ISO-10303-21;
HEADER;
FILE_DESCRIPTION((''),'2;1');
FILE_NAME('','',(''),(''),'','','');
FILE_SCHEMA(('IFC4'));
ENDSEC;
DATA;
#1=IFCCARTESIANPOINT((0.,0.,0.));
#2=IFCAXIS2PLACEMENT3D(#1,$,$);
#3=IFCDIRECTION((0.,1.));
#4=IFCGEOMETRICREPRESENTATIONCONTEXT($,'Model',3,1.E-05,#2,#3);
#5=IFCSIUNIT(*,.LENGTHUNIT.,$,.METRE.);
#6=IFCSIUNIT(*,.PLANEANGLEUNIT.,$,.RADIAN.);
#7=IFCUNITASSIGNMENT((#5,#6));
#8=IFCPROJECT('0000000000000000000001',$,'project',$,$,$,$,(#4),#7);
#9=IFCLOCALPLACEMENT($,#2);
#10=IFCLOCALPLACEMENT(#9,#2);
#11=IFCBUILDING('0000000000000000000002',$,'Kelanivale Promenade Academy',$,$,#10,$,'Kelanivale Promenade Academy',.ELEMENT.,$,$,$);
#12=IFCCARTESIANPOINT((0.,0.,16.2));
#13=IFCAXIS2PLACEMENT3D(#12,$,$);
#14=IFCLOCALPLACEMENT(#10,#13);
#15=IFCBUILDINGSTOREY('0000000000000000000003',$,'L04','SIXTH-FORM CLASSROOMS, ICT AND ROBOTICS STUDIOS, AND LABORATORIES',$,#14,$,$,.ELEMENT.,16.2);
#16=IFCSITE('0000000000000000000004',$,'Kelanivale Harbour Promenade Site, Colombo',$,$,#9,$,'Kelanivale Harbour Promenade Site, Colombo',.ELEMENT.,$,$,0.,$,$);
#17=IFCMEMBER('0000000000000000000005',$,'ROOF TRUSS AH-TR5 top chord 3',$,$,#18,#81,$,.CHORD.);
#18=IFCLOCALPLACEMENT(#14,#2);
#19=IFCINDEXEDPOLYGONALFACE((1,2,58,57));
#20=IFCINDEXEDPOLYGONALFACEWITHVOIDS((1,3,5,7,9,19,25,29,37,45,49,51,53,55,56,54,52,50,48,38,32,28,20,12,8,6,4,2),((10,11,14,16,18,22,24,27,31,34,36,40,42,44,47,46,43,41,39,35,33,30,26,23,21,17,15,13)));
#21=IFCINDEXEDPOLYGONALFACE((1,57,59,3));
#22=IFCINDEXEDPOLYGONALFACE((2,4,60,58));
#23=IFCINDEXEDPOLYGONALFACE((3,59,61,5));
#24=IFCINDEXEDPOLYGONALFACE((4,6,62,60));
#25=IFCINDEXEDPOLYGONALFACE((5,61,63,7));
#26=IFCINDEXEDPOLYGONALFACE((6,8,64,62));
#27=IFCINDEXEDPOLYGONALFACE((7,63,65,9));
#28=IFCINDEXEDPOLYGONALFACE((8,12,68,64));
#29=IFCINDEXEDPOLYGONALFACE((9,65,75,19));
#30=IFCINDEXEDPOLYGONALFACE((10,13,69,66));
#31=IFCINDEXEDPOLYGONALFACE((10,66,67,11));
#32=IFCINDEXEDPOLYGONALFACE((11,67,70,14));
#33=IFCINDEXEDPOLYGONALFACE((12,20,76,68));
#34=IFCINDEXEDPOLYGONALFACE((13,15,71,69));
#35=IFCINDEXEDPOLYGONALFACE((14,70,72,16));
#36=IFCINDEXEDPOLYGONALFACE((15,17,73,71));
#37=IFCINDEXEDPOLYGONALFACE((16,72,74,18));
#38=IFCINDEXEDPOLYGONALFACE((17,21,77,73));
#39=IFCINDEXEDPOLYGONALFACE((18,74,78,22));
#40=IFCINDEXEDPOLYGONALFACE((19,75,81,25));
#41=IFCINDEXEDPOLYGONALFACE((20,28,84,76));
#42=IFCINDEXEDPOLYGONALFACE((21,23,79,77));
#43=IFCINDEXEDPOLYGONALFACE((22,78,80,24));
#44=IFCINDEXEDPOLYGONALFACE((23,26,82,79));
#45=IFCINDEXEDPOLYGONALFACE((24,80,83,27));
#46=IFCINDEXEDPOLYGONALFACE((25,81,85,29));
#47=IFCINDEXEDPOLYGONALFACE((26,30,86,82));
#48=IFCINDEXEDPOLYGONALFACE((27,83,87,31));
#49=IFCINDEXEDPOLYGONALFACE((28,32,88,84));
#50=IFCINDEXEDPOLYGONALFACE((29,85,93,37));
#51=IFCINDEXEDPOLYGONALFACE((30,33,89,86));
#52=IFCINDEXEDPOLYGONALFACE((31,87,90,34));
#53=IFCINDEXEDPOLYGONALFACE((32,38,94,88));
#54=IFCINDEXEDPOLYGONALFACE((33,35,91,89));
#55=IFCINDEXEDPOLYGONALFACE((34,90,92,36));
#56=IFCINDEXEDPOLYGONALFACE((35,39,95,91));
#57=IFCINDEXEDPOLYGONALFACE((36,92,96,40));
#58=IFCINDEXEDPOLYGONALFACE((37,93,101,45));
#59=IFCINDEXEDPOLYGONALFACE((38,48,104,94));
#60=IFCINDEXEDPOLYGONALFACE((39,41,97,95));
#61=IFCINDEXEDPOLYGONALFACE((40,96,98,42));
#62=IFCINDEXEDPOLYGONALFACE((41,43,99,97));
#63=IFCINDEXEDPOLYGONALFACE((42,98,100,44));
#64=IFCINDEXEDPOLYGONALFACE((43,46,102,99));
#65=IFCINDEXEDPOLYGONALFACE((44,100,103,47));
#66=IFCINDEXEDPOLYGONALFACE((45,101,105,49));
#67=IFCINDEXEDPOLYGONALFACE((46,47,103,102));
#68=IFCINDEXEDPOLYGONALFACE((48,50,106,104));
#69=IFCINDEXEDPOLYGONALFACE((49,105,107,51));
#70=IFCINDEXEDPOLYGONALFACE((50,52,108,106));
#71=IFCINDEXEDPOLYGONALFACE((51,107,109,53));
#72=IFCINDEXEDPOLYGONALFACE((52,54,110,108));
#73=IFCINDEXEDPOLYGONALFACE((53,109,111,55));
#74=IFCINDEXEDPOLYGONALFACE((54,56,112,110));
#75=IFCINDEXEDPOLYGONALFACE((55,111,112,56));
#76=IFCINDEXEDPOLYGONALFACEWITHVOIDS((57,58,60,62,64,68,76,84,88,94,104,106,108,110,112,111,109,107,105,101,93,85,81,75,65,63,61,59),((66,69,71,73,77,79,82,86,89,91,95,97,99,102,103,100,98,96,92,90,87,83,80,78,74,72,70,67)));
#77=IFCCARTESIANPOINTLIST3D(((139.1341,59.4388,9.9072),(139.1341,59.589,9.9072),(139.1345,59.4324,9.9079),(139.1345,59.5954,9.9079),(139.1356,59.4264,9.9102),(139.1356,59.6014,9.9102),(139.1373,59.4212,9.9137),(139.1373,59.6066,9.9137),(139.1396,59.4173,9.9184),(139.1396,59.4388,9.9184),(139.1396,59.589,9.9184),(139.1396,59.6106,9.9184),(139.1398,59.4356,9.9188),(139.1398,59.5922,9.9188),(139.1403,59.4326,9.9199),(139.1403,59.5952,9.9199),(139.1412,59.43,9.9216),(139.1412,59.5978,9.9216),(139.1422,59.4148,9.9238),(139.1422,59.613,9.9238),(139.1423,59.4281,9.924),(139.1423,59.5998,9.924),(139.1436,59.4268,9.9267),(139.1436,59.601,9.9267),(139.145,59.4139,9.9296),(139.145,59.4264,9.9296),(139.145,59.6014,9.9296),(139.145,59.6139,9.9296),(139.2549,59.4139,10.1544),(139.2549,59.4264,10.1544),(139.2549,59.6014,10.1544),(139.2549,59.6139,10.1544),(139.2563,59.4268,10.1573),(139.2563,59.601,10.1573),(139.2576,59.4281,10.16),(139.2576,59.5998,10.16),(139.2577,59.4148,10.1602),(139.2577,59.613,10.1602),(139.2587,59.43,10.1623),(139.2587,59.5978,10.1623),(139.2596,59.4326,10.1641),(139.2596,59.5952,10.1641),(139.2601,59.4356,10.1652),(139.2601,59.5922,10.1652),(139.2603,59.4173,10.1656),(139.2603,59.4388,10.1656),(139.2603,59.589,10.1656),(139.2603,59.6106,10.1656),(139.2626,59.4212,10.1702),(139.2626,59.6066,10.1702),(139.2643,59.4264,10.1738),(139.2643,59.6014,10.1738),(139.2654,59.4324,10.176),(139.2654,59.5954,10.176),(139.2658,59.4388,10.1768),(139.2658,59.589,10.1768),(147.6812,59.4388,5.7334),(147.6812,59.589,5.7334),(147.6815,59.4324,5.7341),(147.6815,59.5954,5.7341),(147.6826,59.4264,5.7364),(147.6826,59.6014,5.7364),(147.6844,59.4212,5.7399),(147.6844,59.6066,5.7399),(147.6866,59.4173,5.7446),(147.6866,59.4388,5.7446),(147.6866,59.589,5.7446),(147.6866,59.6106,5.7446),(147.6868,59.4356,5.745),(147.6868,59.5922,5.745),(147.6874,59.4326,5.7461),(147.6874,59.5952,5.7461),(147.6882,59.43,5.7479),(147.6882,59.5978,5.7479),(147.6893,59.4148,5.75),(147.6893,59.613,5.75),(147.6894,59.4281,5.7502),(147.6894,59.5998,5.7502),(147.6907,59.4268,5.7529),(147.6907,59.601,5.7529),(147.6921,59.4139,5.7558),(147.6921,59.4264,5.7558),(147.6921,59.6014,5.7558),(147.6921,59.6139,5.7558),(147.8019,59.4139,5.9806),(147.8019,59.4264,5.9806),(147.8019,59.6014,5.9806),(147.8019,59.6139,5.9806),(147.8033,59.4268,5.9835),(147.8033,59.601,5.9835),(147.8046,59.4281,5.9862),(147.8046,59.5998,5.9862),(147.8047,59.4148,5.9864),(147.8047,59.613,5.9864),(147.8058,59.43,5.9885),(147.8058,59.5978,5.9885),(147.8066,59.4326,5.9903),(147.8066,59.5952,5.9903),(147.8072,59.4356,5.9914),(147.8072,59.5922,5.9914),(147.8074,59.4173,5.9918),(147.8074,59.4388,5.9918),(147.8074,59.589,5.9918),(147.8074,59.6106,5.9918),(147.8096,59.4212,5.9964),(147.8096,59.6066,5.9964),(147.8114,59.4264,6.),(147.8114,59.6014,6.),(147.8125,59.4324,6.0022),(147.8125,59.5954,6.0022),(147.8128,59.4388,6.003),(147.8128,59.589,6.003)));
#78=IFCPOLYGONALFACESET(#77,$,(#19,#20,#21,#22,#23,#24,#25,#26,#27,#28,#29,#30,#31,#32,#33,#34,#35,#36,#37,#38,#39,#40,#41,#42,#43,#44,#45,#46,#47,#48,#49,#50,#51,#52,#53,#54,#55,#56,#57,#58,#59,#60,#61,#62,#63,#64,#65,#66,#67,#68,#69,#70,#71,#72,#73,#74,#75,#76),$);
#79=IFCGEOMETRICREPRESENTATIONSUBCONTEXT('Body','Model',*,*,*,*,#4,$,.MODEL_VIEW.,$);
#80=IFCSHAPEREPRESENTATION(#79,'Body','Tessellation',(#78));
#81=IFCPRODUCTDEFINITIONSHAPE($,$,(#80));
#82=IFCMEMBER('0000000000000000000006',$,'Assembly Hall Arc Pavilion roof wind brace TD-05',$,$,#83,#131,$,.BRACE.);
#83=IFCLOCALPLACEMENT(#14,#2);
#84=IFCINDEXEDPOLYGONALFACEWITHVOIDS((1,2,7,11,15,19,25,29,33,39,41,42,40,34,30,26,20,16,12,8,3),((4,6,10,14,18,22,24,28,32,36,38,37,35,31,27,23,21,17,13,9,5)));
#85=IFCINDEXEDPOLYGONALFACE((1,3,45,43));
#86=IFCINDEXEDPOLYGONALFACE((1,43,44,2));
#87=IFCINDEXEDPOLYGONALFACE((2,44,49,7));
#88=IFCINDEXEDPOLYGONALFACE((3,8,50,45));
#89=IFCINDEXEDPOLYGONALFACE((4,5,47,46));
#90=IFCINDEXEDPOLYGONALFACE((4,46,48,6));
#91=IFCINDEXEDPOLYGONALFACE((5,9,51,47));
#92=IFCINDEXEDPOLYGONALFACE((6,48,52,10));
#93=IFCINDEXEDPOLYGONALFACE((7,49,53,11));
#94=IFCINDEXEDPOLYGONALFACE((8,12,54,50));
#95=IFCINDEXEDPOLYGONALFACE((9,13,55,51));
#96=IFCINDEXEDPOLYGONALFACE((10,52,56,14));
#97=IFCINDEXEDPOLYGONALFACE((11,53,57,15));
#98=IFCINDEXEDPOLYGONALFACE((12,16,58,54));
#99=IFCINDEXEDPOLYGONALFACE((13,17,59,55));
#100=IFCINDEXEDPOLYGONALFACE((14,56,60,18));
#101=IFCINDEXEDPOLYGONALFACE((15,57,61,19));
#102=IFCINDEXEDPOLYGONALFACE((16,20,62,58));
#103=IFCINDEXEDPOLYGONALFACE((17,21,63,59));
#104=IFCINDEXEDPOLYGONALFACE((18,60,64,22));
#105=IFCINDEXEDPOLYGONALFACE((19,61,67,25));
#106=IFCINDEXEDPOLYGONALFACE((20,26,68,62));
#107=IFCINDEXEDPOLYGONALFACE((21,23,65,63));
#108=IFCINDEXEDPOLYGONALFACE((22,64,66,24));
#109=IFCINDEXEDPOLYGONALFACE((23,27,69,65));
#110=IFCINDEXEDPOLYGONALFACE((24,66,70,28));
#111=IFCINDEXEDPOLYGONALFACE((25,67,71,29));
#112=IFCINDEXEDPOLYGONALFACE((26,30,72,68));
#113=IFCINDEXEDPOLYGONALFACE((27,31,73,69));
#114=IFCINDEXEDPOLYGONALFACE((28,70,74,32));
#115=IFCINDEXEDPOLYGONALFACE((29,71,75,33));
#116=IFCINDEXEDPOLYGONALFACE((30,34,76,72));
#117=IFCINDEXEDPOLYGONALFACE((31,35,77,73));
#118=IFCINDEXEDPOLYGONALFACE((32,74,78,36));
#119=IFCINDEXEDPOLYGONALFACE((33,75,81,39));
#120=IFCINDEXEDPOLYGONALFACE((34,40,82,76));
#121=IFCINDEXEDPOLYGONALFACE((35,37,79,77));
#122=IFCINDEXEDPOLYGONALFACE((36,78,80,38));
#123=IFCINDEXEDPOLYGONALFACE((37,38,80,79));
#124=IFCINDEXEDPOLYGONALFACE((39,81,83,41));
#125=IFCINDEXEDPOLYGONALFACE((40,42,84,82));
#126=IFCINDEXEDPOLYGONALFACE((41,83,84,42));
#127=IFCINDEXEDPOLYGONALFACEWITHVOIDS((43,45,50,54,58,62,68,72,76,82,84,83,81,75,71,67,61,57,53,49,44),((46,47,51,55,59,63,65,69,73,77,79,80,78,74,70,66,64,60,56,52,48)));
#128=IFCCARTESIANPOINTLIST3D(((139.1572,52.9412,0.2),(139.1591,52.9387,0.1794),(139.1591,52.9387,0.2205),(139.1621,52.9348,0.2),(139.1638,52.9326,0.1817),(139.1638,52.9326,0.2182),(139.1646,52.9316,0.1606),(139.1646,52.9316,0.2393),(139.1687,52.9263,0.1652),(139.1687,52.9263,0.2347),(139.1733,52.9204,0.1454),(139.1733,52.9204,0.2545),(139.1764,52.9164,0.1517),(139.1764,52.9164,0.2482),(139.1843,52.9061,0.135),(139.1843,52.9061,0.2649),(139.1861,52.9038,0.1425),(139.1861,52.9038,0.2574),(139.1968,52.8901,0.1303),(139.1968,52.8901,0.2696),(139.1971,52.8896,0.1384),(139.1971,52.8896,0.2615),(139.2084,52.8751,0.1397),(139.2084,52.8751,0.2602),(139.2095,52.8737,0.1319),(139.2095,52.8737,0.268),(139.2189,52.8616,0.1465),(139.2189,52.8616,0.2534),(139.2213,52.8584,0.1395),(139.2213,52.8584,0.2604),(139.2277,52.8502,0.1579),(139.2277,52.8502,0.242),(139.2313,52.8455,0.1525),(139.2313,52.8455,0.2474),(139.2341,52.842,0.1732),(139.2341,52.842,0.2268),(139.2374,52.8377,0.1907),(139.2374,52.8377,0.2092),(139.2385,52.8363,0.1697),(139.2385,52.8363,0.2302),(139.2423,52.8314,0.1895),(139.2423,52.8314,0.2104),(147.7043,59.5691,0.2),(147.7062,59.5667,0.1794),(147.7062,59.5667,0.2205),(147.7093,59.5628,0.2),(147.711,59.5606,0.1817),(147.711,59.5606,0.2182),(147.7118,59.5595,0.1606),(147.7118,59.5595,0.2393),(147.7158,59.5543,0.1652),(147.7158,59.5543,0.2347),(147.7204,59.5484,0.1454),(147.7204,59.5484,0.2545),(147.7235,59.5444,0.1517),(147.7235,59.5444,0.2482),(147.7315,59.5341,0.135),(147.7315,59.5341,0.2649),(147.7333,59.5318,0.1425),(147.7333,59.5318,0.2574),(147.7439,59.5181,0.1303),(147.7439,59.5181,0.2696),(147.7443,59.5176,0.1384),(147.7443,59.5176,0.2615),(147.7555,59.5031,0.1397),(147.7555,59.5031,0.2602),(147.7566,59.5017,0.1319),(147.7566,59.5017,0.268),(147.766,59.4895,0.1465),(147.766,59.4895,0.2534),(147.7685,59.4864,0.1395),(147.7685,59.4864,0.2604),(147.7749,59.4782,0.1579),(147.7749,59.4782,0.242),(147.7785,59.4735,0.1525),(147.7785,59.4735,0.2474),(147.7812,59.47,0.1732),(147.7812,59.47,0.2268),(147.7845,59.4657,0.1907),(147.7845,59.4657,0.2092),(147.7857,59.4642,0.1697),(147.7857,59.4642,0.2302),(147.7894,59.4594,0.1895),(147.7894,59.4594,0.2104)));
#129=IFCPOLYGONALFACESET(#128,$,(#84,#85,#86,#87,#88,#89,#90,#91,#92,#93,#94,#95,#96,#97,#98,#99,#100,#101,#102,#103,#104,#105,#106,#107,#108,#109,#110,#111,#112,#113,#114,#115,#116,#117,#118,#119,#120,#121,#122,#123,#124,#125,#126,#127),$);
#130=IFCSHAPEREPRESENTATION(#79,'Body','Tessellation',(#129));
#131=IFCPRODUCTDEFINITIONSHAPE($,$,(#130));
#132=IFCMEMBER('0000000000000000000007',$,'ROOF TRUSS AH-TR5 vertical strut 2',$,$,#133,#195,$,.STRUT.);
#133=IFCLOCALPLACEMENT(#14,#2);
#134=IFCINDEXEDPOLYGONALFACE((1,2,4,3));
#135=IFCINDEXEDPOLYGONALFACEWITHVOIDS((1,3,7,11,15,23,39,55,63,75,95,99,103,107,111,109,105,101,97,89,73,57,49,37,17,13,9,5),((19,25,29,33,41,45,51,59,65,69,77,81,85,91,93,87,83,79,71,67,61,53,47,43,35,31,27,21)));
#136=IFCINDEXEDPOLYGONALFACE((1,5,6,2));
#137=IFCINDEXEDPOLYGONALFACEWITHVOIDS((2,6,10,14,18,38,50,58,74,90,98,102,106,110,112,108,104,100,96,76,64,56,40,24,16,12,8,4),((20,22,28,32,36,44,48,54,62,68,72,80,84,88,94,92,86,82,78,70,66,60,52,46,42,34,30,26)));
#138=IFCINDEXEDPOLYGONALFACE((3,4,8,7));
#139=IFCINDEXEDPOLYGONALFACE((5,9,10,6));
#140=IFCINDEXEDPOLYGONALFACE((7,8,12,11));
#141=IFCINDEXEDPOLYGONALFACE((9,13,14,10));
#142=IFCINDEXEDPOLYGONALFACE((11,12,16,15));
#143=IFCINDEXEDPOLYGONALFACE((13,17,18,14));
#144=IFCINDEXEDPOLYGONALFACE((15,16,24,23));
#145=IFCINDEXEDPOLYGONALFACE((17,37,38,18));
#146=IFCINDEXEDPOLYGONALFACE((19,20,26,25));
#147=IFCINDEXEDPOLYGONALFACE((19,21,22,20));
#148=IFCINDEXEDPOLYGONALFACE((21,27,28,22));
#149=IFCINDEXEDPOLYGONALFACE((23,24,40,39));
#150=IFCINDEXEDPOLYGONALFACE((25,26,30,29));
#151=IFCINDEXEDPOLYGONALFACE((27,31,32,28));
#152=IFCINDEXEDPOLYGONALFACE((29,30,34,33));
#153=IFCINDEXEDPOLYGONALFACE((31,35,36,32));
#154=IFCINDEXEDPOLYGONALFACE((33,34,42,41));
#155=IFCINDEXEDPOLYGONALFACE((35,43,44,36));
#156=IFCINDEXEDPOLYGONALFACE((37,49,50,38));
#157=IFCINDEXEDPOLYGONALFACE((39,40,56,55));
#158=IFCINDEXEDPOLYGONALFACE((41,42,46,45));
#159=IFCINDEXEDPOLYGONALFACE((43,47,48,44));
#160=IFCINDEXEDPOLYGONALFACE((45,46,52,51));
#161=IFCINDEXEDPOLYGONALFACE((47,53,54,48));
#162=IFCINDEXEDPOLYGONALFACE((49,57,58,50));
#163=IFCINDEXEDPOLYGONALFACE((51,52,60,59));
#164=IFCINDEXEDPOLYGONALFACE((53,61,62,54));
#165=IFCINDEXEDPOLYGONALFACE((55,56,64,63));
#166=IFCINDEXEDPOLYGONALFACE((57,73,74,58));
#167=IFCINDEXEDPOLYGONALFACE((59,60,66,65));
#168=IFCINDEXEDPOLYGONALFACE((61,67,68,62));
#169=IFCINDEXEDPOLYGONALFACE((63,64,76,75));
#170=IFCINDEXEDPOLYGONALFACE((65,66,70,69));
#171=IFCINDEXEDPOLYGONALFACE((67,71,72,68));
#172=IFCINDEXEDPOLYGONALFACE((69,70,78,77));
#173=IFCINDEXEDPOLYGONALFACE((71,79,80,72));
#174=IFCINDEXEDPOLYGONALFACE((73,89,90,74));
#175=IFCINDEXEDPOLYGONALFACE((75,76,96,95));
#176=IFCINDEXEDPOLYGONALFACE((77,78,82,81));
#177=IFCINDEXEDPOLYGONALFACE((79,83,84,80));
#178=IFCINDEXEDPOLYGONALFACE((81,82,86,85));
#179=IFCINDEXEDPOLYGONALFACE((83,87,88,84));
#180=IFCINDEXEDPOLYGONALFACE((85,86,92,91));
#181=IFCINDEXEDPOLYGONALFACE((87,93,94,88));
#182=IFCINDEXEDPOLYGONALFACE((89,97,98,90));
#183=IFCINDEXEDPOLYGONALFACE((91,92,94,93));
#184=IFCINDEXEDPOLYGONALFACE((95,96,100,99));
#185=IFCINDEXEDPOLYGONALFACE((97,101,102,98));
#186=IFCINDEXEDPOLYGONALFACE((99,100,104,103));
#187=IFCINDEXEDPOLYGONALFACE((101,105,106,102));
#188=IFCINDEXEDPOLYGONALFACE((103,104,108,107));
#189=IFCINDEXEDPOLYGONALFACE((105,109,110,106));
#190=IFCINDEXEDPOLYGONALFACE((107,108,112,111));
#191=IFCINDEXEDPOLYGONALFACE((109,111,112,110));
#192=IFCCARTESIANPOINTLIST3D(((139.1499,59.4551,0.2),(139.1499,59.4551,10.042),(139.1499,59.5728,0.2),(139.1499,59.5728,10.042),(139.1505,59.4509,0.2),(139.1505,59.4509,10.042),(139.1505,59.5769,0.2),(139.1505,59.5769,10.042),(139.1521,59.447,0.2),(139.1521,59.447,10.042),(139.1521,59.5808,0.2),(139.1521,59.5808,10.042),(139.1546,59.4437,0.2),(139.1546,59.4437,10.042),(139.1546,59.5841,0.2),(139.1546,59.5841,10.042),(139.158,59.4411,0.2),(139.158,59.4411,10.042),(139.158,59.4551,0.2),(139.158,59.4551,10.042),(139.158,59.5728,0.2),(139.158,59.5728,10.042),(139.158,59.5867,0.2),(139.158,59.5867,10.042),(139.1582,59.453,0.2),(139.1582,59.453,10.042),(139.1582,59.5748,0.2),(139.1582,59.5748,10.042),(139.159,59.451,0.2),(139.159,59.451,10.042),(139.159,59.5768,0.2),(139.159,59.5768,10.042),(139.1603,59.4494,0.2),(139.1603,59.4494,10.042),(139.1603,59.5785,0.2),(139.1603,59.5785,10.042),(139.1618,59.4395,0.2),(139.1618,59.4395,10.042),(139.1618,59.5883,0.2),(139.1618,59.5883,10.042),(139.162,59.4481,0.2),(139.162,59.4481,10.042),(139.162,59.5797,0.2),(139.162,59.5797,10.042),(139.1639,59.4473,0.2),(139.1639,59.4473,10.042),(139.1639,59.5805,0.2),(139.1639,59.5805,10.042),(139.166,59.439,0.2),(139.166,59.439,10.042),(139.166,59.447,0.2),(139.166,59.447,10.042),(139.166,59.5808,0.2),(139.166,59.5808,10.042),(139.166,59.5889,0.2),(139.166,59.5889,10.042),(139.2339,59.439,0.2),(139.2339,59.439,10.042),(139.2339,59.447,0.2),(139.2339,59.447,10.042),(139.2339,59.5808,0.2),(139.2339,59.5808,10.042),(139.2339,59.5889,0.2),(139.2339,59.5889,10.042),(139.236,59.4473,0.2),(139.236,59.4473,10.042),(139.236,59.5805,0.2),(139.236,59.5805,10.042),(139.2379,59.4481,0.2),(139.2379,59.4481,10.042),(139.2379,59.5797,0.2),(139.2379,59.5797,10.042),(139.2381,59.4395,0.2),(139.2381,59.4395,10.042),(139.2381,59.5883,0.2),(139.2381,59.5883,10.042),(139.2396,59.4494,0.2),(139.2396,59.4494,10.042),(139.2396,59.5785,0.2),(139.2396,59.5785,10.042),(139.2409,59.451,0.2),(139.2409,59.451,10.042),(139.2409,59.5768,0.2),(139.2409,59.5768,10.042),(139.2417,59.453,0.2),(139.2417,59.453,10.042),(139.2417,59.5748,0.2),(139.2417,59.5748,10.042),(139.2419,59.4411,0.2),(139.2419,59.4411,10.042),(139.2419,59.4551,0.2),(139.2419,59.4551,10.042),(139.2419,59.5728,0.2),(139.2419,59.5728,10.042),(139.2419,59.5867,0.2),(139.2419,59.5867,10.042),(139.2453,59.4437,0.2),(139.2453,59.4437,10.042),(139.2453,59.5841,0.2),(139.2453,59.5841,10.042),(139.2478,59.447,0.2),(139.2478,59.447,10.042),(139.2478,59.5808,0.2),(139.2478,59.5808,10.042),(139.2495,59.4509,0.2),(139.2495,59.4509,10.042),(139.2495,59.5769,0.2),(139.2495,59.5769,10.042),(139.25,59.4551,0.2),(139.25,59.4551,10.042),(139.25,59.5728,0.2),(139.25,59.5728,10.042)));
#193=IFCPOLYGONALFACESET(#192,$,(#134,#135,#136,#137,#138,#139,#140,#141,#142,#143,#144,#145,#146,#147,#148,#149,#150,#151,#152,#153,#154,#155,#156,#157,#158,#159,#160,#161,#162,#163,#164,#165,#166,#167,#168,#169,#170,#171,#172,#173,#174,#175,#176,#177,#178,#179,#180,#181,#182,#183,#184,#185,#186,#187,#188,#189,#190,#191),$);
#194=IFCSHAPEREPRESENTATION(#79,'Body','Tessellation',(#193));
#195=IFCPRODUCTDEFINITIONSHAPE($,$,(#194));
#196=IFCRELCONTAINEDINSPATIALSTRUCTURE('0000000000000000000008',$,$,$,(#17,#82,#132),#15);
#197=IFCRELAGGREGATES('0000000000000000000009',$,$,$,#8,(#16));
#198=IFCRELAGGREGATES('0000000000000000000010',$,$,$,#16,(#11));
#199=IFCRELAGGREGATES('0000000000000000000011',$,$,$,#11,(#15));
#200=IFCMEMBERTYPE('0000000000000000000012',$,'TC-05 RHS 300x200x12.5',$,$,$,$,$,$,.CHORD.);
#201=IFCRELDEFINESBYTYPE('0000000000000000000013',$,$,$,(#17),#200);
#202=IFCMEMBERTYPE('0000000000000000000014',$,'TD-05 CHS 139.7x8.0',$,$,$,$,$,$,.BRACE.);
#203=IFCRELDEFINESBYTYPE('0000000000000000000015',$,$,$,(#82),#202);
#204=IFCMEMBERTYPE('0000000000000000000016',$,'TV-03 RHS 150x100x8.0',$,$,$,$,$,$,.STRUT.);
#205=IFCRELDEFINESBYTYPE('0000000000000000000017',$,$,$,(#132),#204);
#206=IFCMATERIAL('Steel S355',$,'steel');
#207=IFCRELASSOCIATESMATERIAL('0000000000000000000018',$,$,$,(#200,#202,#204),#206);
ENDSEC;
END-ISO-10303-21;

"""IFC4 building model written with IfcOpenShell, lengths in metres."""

from ifc_helpers import new_model, si_unit, direction, frame, origin, origin_2d, place, context, subcontext, project, spatial, hollow_rectangle, hollow_circle, extrude, material, material_profile, profile_set, type_object, element, save


model = new_model("IFC4")

# Units and contexts
model_context = context("Model", 3, precision=1e-05, world=origin(), true_north=direction((0.0, 1.0)))
body_context = subcontext(model_context, "Body", "Model", "MODEL_VIEW")
ifc_project = project(units=[si_unit("LENGTHUNIT", "METRE"), si_unit("PLANEANGLEUNIT", "RADIAN")], contexts=[model_context])

# Site, building, storey
site_placement = place(None, origin())
site = spatial("IfcSite", under=ifc_project, at=site_placement, Name="Kelanivale Harbour Promenade Site, Colombo", LongName="Kelanivale Harbour Promenade Site, Colombo", CompositionType="ELEMENT", RefElevation=0.0)
building_placement = place(site_placement, origin())
building = spatial("IfcBuilding", under=site, at=building_placement, Name="Kelanivale Promenade Academy", LongName="Kelanivale Promenade Academy", CompositionType="ELEMENT")
storey_placement = place(building_placement, frame((0.0, 0.0, 16.2)))
storey = spatial("IfcBuildingStorey", under=building, at=storey_placement, Name="L04", Description="SIXTH-FORM CLASSROOMS, ICT AND ROBOTICS STUDIOS, AND LABORATORIES", CompositionType="ELEMENT", Elevation=16.2)

# Members
ifc_material_1 = material(Name="Steel S355", Category="steel")
ifc_material_profile_1 = material_profile(ifc_material_1, hollow_rectangle(XDim=0.2, YDim=0.3, WallThickness=0.0125, InnerFilletRadius=0.0125, OuterFilletRadius=0.0249, at=origin_2d()), Name="RHS 300x200x12.5")
ifc_profile_set_1 = profile_set([ifc_material_profile_1], Name="Steel S355")
member_type_1 = type_object("IfcMemberType", Name="TC-05 RHS 300x200x12.5", PredefinedType="CHORD", material=ifc_profile_set_1)
member_1_placement = place(storey_placement, frame((139.2, 59.5139, 10.042), z_axis=(0.898582, 0.0, -0.438806), x_axis=(0.0, 1.0, 0.0)))
element("IfcMember", 1, at=member_1_placement, inside=storey, type_object=member_type_1, Name="ROOF TRUSS AH-TR5 top chord 3", PredefinedType="CHORD", context=body_context, shape_type="SweptSolid", body=[
    extrude(hollow_rectangle(XDim=0.2, YDim=0.3, WallThickness=0.0125, InnerFilletRadius=0.0125, OuterFilletRadius=0.0249, at=origin_2d()), origin(), (0.0, 0.0, 1.0), 9.5117),
])
ifc_material_profile_2 = material_profile(ifc_material_1, hollow_circle(Radius=0.0698, WallThickness=0.0081, at=origin_2d()), Name="CHS 139.7x8.0")
ifc_profile_set_2 = profile_set([ifc_material_profile_2], Name="Steel S355")
member_type_2 = type_object("IfcMemberType", Name="TD-05 CHS 139.7x8.0", PredefinedType="BRACE", material=ifc_profile_set_2)
member_2_placement = place(storey_placement, frame((139.2, 52.886, 0.2), z_axis=(0.79024, 0.612798, 0.0), x_axis=(-0.612798, 0.79024, 0.0)))
element("IfcMember", 2, at=member_2_placement, inside=storey, type_object=member_type_2, Name="Assembly Hall Arc Pavilion roof wind brace TD-05", PredefinedType="BRACE", context=body_context, shape_type="SweptSolid", body=[
    extrude(hollow_circle(Radius=0.0698, WallThickness=0.0081, at=origin_2d()), origin(), (0.0, 0.0, 1.0), 10.8159),
])
ifc_material_profile_3 = material_profile(ifc_material_1, hollow_rectangle(XDim=0.1001, YDim=0.1499, WallThickness=0.0081, InnerFilletRadius=0.0081, OuterFilletRadius=0.0161, at=origin_2d()), Name="RHS 150x100x8.0")
ifc_profile_set_3 = profile_set([ifc_material_profile_3], Name="Steel S355")
member_type_3 = type_object("IfcMemberType", Name="TV-03 RHS 150x100x8.0", PredefinedType="STRUT", material=ifc_profile_set_3)
member_3_placement = place(storey_placement, frame((139.2, 59.5139, 0.2), z_axis=(0.0, 0.0, 1.0), x_axis=(1.0, 0.0, 0.0)))
element("IfcMember", 3, at=member_3_placement, inside=storey, type_object=member_type_3, Name="ROOF TRUSS AH-TR5 vertical strut 2", PredefinedType="STRUT", context=body_context, shape_type="SweptSolid", body=[
    extrude(hollow_rectangle(XDim=0.1001, YDim=0.1499, WallThickness=0.0081, InnerFilletRadius=0.0081, OuterFilletRadius=0.0161, at=origin_2d()), origin(), (0.0, 0.0, 1.0), 9.842),
])

save(model, "model.ifc")
